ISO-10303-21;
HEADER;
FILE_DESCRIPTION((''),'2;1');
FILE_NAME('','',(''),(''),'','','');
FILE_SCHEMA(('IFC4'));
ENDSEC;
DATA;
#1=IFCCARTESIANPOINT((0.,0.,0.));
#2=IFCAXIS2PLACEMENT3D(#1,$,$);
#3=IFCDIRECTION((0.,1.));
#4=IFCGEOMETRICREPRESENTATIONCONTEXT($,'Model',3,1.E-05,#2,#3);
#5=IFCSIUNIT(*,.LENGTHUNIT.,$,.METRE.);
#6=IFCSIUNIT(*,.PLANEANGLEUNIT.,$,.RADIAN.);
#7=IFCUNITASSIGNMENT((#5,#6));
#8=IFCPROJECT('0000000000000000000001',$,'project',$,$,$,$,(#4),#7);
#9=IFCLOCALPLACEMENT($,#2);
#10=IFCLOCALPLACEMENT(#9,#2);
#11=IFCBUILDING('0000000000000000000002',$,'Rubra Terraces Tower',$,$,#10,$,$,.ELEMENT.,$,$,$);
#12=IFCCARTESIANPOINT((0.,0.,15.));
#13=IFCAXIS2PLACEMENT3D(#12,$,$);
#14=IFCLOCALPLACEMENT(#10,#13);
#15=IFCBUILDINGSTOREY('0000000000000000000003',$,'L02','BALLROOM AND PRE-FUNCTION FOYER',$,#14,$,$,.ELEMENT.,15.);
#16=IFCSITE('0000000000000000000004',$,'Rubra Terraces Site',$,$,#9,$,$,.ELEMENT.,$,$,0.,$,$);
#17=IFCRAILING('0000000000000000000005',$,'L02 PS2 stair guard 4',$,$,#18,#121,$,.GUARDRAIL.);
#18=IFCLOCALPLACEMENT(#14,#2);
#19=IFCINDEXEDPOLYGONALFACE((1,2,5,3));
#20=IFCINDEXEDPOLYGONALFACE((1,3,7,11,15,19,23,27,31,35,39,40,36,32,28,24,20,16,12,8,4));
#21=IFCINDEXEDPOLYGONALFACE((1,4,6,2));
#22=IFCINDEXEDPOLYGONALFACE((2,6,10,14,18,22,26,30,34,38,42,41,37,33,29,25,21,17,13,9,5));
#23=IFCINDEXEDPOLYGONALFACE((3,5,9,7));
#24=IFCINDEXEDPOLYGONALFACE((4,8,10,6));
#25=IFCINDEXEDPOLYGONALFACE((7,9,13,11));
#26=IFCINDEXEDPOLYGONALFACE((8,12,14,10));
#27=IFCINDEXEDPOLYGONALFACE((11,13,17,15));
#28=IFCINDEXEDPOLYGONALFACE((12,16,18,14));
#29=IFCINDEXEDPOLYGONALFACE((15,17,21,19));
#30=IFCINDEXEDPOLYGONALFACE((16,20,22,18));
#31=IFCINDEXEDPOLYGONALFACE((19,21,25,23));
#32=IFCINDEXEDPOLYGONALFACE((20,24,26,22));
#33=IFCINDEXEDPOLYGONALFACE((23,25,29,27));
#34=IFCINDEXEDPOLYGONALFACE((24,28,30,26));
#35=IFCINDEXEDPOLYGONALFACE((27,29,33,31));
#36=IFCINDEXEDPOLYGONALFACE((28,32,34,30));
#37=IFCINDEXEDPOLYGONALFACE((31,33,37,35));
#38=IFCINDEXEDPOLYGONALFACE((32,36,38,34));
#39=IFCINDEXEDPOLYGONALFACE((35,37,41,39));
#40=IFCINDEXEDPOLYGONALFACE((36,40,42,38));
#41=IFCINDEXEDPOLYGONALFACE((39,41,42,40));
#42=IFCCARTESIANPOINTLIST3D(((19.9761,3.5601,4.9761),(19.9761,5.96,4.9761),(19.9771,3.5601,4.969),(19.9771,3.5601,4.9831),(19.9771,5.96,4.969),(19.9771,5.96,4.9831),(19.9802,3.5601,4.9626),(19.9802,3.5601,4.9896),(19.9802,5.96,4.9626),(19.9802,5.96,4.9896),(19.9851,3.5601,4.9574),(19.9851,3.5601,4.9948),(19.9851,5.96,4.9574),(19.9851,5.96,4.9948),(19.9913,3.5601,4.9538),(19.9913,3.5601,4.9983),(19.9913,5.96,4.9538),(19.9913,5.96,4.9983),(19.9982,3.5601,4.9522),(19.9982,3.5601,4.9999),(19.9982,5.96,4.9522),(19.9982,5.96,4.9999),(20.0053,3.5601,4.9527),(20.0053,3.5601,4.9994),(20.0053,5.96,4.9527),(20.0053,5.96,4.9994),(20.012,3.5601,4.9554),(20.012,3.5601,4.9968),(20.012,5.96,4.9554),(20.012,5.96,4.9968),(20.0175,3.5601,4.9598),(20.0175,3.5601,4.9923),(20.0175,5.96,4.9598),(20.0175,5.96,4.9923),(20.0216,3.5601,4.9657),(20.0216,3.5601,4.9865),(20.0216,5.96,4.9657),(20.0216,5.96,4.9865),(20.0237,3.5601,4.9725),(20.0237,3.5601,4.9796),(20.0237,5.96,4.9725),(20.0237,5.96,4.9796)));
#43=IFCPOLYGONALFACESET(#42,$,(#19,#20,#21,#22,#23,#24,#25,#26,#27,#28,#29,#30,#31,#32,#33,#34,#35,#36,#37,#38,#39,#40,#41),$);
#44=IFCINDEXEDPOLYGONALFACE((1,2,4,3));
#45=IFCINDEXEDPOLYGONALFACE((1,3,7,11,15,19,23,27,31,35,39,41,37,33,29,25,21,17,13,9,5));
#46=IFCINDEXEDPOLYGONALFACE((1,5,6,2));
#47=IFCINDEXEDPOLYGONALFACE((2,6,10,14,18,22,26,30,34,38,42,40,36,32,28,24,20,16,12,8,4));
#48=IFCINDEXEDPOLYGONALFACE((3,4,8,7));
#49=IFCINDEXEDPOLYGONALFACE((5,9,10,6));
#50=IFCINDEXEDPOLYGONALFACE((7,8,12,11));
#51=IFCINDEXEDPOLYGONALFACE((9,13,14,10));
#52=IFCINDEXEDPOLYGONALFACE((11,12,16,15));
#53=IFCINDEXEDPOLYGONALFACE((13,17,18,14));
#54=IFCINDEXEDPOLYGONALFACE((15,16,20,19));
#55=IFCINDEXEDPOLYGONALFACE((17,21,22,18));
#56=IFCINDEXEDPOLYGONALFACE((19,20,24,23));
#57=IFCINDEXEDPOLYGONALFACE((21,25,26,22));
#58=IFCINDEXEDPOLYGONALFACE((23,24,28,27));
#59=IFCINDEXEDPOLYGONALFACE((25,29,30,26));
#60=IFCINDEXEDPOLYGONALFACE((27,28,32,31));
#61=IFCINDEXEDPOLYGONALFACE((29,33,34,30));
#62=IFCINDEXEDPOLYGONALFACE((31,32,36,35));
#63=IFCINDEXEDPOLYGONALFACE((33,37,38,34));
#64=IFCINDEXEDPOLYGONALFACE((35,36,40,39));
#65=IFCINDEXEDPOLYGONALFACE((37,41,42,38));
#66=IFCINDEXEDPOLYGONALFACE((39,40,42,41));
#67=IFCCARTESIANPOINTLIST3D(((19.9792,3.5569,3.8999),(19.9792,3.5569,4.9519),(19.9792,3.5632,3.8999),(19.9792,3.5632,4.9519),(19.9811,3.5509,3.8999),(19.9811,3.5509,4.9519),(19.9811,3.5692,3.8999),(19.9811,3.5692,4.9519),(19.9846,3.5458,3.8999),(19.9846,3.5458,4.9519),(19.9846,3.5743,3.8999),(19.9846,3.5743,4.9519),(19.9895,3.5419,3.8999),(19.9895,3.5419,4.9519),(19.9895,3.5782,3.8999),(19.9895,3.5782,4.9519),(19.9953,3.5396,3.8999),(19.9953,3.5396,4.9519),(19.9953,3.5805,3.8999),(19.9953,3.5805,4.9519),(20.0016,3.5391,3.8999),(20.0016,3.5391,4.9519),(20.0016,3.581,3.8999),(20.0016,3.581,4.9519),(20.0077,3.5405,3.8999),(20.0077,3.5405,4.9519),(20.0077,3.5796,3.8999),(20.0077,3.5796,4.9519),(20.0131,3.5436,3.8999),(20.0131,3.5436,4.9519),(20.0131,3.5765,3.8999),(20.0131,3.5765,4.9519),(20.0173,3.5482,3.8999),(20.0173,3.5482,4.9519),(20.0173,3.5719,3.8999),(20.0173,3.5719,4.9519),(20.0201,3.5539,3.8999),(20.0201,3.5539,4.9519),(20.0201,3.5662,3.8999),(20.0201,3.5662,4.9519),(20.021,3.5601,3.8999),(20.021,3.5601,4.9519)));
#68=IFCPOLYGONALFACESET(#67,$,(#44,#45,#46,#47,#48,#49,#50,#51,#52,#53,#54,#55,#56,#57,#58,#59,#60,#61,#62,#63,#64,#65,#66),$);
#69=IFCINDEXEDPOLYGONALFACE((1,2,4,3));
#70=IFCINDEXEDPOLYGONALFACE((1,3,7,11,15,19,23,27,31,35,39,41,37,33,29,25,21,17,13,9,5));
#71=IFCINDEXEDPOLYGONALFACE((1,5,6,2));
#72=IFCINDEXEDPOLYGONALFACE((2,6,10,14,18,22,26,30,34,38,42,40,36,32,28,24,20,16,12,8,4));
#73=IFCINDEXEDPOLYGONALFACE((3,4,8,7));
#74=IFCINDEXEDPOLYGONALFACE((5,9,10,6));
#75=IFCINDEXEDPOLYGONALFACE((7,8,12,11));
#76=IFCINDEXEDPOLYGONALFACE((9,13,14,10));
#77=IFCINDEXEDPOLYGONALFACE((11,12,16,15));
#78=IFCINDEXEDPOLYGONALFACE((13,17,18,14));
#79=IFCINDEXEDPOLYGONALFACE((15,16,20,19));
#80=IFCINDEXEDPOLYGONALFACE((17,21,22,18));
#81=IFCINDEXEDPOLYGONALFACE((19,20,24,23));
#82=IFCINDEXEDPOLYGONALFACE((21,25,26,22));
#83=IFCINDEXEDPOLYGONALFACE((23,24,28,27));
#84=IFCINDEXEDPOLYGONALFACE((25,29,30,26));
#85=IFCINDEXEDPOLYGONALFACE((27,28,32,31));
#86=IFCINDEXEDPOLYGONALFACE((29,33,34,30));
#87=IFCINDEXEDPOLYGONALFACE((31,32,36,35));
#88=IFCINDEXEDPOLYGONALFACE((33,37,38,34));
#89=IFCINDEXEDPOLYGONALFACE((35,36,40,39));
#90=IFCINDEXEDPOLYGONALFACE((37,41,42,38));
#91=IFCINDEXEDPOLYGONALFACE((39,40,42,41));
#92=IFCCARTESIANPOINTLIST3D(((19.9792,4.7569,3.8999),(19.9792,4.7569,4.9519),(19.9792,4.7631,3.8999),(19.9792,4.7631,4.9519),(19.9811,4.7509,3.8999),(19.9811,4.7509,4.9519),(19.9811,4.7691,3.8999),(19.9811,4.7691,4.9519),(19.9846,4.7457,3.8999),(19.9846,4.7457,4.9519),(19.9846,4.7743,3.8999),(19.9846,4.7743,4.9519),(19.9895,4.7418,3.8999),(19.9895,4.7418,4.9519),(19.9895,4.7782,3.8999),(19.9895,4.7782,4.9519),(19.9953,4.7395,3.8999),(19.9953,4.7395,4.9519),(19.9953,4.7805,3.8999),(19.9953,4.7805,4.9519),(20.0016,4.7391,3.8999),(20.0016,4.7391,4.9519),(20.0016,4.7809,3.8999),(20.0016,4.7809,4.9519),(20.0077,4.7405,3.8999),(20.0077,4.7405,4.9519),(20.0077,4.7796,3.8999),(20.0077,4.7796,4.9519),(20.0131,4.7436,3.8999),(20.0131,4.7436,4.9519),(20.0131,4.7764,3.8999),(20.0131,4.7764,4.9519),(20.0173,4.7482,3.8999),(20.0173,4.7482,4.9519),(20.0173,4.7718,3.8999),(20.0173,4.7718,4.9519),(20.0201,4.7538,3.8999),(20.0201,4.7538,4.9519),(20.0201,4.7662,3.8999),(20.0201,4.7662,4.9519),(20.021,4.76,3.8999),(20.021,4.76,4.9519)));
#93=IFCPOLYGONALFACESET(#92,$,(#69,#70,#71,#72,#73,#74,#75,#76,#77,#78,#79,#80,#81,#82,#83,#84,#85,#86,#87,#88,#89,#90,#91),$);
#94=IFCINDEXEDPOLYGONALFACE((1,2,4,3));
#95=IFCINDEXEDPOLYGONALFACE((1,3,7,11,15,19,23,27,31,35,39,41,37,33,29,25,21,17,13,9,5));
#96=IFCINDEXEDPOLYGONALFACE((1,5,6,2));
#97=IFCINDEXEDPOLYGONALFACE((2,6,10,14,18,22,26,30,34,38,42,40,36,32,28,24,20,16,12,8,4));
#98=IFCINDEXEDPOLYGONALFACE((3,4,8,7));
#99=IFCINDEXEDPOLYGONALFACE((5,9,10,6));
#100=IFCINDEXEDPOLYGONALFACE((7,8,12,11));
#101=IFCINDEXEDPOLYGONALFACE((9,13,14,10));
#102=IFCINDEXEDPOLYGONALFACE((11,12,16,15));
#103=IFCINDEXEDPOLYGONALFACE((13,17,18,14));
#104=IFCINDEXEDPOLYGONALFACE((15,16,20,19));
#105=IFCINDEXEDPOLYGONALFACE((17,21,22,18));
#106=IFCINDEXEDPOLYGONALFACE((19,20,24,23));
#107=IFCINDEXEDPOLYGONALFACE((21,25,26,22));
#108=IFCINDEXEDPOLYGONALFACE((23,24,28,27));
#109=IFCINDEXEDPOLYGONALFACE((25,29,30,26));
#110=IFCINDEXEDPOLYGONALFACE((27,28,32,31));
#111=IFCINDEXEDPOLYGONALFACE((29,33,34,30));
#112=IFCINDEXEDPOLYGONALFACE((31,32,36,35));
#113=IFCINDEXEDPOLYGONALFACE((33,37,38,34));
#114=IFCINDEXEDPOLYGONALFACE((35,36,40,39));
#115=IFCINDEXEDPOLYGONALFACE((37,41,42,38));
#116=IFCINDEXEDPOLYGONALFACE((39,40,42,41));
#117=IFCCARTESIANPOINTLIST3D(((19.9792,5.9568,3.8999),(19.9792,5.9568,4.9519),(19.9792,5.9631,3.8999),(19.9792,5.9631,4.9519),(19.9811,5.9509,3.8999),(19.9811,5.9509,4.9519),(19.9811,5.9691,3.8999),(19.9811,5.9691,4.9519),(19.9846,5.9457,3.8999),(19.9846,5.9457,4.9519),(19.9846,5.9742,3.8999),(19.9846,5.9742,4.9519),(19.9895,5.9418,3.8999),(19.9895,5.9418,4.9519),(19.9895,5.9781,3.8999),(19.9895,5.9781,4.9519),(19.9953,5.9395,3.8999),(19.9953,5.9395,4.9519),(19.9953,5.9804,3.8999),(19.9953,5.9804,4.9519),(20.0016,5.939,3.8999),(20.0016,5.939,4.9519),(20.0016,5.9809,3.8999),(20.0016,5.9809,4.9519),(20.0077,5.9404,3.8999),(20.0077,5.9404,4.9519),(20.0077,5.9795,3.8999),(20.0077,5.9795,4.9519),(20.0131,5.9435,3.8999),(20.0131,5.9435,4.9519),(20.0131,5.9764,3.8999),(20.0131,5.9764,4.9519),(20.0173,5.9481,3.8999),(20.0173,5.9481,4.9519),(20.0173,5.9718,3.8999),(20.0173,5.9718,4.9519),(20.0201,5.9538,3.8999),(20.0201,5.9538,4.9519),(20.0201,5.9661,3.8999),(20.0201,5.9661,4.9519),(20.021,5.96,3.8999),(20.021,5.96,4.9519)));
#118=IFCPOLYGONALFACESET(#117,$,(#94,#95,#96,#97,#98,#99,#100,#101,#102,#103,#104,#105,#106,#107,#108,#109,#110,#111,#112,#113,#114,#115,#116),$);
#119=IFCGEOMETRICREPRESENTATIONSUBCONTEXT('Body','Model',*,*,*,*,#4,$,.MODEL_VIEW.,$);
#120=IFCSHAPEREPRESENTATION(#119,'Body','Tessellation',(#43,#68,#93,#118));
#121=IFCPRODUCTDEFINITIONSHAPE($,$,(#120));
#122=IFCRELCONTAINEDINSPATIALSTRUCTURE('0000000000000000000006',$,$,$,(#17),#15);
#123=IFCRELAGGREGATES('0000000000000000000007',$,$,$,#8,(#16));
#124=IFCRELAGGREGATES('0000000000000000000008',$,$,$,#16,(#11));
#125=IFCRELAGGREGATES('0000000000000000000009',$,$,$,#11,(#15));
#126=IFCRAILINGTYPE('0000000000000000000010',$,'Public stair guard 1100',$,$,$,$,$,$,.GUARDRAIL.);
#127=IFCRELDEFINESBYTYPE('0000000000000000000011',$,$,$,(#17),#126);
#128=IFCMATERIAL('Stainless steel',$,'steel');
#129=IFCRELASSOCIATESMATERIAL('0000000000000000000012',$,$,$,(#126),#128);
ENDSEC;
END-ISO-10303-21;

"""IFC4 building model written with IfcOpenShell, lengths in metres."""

from ifc_helpers import new_model, si_unit, direction, frame, origin, origin_2d, place, context, subcontext, project, spatial, circle, extrude, material, type_object, element, save


model = new_model("IFC4")

# Units and contexts
model_context = context("Model", 3, precision=1e-05, world=origin(), true_north=direction((0.0, 1.0)))
body_context = subcontext(model_context, "Body", "Model", "MODEL_VIEW")
ifc_project = project(units=[si_unit("LENGTHUNIT", "METRE"), si_unit("PLANEANGLEUNIT", "RADIAN")], contexts=[model_context])

# Site, building, storey
site_placement = place(None, origin())
site = spatial("IfcSite", under=ifc_project, at=site_placement, Name="Rubra Terraces Site", CompositionType="ELEMENT", RefElevation=0.0)
building_placement = place(site_placement, origin())
building = spatial("IfcBuilding", under=site, at=building_placement, Name="Rubra Terraces Tower", CompositionType="ELEMENT")
storey_placement = place(building_placement, frame((0.0, 0.0, 15.0)))
storey = spatial("IfcBuildingStorey", under=building, at=storey_placement, Name="L02", Description="BALLROOM AND PRE-FUNCTION FOYER", CompositionType="ELEMENT", Elevation=15.0)

# Railing
ifc_material_1 = material(Name="Stainless steel", Category="steel")
railing_type_1 = type_object("IfcRailingType", Name="Public stair guard 1100", PredefinedType="GUARDRAIL", material=ifc_material_1)
for number, where, name in (
    (1, (20.0, 3.5601, 3.8999), "L02 PS2 stair guard 4"),
):
    element("IfcRailing", number, at=place(storey_placement, frame(where)), inside=storey, type_object=railing_type_1, Name=name, PredefinedType="GUARDRAIL", context=body_context, shape_type="SweptSolid", body=[
        extrude(circle(Radius=0.0239, at=origin_2d()), frame((0.0, 0.0, 1.0762), z_axis=(0.0, 1.0, 0.0), x_axis=(-1.0, 0.0, 0.0)), (0.0, 0.0, 1.0), 2.3999),
        extrude(circle(Radius=0.021, at=origin_2d()), origin(), (0.0, 0.0, 1.0), 1.052),
        extrude(circle(Radius=0.021, at=origin_2d()), frame((0.0, 1.2, 0.0)), (0.0, 0.0, 1.0), 1.052),
        extrude(circle(Radius=0.021, at=origin_2d()), frame((0.0, 2.3999, 0.0)), (0.0, 0.0, 1.0), 1.052),
    ])

save(model, "model.ifc")
